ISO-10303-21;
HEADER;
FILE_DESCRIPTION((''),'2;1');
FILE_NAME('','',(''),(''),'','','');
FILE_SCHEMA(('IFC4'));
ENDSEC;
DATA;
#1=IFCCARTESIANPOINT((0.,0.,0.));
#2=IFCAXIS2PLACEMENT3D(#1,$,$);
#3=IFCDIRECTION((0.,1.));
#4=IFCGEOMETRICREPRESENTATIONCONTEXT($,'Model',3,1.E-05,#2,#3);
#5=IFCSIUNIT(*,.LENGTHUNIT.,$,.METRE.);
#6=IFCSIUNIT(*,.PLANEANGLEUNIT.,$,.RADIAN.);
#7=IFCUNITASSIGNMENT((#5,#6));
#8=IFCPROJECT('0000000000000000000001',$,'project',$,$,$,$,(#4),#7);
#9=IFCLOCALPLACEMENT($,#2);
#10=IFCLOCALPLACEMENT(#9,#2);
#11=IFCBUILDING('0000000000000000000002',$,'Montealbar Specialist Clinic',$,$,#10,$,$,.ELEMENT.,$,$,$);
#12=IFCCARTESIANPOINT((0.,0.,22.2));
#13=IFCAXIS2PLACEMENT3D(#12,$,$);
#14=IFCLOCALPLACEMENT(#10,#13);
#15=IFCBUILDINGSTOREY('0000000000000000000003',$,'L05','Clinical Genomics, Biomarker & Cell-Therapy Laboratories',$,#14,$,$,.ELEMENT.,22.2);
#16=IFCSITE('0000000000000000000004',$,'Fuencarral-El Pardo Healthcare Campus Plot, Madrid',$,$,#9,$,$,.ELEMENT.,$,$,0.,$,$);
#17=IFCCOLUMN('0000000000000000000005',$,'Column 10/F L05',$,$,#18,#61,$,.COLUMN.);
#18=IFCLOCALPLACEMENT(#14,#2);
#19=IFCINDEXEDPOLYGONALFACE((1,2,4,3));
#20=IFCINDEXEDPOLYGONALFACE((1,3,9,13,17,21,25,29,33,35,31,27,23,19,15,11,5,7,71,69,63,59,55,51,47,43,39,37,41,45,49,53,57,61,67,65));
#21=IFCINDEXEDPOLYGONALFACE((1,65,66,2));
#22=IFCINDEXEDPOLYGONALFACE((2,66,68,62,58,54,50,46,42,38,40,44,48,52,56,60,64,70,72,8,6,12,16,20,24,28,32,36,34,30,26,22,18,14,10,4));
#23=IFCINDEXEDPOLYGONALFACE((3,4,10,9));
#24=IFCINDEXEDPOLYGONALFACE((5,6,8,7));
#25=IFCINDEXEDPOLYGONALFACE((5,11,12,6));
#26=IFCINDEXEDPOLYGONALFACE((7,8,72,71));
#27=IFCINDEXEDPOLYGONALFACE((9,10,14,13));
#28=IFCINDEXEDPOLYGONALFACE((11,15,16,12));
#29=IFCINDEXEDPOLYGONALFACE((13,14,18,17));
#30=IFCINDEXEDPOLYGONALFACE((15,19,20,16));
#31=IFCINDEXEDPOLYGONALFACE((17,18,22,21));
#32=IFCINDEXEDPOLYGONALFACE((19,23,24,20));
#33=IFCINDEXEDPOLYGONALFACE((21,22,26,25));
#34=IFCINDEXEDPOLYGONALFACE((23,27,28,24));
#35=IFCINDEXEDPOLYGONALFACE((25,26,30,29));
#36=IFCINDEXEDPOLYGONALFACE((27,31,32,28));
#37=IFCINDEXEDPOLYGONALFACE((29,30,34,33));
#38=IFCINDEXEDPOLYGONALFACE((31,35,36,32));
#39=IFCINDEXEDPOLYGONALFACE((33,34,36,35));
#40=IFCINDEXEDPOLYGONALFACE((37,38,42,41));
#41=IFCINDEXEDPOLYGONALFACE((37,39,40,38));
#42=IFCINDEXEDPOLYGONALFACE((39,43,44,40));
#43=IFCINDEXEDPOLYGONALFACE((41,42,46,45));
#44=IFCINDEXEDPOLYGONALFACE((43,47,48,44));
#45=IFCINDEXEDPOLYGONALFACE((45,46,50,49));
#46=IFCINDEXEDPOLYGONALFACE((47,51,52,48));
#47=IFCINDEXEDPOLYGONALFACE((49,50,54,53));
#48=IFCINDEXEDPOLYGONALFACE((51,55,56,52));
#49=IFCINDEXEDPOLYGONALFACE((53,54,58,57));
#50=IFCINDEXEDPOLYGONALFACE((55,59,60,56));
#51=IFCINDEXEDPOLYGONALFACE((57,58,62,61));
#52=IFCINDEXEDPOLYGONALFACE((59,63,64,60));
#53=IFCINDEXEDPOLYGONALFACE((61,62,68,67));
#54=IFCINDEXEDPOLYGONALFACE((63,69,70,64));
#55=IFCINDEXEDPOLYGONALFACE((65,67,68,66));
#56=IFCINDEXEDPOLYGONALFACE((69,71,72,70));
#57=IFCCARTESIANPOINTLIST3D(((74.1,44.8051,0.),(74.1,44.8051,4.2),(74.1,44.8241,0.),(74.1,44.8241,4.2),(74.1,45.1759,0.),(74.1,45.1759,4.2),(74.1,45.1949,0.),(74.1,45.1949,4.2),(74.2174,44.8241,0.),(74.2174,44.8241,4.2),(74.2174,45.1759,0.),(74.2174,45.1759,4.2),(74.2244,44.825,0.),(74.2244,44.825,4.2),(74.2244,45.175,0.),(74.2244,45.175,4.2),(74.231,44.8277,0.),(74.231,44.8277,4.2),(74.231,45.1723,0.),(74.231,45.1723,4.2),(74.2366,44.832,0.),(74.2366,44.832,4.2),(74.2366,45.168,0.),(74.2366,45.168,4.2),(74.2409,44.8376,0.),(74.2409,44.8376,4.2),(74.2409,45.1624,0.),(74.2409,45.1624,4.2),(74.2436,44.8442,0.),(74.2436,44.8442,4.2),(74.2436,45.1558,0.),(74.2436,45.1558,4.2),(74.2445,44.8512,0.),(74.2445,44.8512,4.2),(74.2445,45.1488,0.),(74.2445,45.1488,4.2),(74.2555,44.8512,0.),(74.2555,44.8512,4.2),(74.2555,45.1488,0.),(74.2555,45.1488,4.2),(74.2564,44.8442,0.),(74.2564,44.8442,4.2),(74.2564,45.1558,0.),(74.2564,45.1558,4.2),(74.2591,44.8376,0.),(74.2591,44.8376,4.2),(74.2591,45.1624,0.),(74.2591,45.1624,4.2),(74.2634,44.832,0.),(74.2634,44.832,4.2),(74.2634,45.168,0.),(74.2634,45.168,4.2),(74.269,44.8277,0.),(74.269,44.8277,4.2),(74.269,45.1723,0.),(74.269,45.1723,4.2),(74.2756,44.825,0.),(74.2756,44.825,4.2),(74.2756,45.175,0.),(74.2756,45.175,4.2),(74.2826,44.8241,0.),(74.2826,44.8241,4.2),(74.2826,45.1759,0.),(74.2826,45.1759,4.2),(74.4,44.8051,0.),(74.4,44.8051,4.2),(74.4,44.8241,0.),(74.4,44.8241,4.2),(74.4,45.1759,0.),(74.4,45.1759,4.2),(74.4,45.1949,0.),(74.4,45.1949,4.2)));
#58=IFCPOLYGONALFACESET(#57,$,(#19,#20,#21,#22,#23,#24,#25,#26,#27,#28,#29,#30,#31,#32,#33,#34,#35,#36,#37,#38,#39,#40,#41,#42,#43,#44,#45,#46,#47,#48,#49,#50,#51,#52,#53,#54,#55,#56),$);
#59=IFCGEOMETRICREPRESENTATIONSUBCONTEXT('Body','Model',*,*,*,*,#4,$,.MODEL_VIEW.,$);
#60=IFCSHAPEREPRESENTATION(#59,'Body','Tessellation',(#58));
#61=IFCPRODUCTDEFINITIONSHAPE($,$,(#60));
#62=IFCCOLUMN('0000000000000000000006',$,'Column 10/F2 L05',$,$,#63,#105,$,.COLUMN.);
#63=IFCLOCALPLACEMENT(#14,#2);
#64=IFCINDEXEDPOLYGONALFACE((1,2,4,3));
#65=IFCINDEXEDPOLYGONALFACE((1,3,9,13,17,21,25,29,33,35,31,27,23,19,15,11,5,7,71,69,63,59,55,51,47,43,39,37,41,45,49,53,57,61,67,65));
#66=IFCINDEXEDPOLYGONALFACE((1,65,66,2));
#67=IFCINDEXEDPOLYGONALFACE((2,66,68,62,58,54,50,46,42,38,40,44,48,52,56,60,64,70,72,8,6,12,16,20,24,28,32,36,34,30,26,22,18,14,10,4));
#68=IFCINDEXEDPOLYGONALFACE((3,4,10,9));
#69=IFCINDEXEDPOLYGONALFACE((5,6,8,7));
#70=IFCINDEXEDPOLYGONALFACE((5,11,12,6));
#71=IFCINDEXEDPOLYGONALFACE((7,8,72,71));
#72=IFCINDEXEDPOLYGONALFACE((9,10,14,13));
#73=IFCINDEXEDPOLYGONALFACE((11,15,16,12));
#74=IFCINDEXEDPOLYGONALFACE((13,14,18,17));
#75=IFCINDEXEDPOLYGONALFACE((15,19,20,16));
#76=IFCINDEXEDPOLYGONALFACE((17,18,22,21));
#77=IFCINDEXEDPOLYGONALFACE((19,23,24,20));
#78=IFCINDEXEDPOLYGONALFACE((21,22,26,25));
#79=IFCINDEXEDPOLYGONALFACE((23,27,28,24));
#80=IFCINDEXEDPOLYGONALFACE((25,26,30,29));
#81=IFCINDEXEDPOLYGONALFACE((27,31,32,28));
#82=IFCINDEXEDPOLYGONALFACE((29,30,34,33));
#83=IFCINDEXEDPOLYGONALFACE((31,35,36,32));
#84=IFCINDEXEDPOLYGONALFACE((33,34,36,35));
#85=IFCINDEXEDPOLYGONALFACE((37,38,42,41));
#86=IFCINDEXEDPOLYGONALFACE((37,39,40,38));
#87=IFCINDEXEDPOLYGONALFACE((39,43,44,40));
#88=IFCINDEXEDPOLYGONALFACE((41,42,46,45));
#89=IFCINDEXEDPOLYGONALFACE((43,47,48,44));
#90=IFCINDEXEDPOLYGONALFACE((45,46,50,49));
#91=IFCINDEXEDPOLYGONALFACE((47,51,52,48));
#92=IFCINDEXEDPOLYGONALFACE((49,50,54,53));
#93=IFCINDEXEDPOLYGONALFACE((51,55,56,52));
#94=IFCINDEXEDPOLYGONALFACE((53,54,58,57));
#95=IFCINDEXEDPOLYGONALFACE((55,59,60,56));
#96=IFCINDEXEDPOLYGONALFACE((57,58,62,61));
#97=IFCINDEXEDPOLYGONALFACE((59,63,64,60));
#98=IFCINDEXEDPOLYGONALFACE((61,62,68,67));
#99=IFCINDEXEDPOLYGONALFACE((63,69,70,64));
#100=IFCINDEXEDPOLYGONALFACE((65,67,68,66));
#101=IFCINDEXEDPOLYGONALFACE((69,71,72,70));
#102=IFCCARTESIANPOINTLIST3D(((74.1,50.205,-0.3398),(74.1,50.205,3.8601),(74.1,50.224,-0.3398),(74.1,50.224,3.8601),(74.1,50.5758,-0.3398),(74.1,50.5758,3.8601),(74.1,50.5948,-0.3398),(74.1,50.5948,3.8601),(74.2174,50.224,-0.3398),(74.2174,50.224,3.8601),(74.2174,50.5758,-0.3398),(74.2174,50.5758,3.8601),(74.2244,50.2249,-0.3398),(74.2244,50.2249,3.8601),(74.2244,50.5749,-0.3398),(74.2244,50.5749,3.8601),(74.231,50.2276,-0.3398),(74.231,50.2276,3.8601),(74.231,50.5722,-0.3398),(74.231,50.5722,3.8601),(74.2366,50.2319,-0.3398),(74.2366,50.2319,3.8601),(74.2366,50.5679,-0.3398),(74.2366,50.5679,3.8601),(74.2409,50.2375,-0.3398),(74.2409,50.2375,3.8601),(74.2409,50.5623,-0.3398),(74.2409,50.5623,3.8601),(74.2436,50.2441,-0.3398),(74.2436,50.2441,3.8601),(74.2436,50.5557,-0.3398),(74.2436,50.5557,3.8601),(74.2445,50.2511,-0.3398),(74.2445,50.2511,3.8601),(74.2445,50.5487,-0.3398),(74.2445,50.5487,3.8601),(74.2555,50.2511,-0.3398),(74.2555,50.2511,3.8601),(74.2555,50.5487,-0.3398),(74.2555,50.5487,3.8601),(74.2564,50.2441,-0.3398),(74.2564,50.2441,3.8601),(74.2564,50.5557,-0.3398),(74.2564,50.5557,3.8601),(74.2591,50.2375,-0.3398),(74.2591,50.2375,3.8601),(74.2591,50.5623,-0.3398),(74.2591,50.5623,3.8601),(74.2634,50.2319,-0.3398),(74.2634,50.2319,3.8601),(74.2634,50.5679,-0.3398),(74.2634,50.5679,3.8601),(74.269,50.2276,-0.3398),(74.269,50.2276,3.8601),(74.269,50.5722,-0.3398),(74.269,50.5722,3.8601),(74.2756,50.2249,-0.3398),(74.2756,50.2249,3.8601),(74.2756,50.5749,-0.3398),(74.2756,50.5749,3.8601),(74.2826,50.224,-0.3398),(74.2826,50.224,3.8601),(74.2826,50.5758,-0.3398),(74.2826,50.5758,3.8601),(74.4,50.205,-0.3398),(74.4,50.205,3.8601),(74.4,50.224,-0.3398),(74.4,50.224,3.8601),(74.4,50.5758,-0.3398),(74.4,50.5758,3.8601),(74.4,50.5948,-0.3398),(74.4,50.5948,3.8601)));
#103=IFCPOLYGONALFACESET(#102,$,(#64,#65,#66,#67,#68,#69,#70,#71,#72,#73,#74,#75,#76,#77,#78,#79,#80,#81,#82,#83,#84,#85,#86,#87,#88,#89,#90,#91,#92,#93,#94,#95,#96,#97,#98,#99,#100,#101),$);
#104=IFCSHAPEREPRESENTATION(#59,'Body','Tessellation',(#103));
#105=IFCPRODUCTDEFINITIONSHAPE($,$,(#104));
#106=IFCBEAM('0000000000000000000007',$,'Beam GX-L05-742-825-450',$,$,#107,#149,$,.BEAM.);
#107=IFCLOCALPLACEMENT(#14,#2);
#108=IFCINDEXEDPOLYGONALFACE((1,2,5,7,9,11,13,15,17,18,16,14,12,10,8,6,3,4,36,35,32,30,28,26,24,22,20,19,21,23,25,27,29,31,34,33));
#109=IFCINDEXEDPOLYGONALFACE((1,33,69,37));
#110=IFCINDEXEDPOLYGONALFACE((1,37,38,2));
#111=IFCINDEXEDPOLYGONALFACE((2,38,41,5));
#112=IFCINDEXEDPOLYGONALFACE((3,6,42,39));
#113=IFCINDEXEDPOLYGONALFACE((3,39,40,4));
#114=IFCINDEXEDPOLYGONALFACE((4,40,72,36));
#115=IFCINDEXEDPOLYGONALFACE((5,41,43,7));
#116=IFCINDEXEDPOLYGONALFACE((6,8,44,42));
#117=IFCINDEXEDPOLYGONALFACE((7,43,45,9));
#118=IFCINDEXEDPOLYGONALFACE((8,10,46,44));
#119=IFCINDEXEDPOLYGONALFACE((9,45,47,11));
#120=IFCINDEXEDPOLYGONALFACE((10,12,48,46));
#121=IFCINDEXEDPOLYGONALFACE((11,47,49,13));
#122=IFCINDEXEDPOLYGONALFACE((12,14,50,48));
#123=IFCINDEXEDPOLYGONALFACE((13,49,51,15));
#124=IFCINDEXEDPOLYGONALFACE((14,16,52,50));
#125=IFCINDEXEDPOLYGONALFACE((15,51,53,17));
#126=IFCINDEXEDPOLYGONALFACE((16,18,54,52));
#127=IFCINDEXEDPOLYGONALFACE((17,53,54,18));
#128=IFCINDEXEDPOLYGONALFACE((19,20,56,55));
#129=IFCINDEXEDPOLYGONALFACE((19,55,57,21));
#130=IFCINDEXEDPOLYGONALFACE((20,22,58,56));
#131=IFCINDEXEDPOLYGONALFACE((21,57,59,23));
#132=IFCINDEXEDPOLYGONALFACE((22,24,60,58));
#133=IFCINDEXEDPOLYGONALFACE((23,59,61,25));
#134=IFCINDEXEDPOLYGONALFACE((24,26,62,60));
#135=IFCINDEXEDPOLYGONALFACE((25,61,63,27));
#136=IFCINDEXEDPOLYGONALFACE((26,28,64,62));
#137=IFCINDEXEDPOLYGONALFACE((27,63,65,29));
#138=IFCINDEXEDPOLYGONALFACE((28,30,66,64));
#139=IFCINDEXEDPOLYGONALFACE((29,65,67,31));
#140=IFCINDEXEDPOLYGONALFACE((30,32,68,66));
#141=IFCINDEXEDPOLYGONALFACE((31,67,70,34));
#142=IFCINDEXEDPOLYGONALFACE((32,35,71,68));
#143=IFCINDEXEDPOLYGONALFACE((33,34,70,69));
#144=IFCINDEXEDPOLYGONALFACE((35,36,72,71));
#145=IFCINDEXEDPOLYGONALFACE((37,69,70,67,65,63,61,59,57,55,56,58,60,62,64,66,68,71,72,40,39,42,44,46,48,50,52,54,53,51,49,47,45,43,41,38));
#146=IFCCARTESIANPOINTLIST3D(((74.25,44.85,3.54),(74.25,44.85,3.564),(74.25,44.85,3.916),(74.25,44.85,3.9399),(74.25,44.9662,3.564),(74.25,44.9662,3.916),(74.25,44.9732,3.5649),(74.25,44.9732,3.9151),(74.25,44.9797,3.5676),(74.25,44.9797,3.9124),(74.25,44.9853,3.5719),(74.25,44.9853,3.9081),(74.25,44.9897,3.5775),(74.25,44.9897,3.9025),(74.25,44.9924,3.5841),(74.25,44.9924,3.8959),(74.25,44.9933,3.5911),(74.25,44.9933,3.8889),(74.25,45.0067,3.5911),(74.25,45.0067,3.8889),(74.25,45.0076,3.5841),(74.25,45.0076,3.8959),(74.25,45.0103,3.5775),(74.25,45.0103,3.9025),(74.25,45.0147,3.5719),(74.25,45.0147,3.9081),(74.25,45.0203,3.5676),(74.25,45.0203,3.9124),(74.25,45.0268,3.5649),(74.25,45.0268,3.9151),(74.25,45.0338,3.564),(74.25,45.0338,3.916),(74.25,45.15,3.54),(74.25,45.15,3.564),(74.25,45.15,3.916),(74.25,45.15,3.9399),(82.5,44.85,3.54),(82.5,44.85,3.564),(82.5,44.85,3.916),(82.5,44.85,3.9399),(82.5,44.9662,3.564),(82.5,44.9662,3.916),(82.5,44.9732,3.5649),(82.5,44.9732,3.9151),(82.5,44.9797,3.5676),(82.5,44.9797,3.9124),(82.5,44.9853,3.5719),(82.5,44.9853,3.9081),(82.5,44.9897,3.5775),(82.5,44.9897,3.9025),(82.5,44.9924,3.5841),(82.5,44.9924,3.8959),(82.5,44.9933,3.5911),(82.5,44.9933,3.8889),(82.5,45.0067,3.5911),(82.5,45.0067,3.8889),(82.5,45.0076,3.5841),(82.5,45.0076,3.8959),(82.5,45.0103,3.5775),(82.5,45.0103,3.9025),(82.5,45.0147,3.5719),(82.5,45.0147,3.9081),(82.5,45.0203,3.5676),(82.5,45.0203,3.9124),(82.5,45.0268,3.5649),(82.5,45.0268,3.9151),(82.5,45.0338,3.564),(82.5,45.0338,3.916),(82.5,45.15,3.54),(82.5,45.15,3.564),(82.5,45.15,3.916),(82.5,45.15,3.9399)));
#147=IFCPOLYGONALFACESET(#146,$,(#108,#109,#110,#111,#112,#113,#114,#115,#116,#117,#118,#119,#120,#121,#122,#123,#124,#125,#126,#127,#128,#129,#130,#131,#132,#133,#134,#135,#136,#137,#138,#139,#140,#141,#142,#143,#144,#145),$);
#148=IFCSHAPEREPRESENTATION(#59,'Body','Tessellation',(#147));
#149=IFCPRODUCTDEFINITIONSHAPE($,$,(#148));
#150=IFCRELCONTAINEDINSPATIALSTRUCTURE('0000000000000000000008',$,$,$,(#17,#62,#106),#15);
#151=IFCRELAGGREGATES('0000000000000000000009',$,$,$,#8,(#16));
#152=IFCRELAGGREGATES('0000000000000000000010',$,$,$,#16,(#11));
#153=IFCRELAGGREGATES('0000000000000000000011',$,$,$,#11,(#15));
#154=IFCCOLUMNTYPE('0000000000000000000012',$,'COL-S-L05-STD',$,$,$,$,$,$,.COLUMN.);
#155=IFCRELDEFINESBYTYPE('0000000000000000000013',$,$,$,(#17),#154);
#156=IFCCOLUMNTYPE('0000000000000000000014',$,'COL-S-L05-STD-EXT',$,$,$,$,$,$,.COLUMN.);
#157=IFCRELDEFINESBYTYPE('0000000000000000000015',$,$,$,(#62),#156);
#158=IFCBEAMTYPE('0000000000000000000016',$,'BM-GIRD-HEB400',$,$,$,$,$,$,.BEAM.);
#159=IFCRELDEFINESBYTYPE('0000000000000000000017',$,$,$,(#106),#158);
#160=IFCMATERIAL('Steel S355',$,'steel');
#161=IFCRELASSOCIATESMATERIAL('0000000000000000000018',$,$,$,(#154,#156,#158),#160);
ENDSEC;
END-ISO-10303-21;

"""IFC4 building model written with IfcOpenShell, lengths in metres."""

from ifc_helpers import new_model, si_unit, direction, frame, origin, origin_2d, place, context, subcontext, project, spatial, i_section, extrude, material, material_profile, profile_set, type_object, element, save


model = new_model("IFC4")

# Units and contexts
model_context = context("Model", 3, precision=1e-05, world=origin(), true_north=direction((0.0, 1.0)))
body_context = subcontext(model_context, "Body", "Model", "MODEL_VIEW")
ifc_project = project(units=[si_unit("LENGTHUNIT", "METRE"), si_unit("PLANEANGLEUNIT", "RADIAN")], contexts=[model_context])

# Site, building, storey
site_placement = place(None, origin())
site = spatial("IfcSite", under=ifc_project, at=site_placement, Name="Fuencarral-El Pardo Healthcare Campus Plot, Madrid", CompositionType="ELEMENT", RefElevation=0.0)
building_placement = place(site_placement, origin())
building = spatial("IfcBuilding", under=site, at=building_placement, Name="Montealbar Specialist Clinic", CompositionType="ELEMENT")
storey_placement = place(building_placement, frame((0.0, 0.0, 22.2)))
storey = spatial("IfcBuildingStorey", under=building, at=storey_placement, Name="L05", Description="Clinical Genomics, Biomarker & Cell-Therapy Laboratories", CompositionType="ELEMENT", Elevation=22.2)

# Columns
ifc_material_1 = material(Name="Steel S355", Category="steel")
ifc_material_profile_1 = material_profile(ifc_material_1, i_section(OverallWidth=0.3, OverallDepth=0.3899, WebThickness=0.011, FlangeThickness=0.019, FilletRadius=0.0271, at=origin_2d()), Name="HEA 400", Category="steel")
ifc_profile_set_1 = profile_set([ifc_material_profile_1], Name="Steel S355")
column_type_1 = type_object("IfcColumnType", Name="COL-S-L05-STD", PredefinedType="COLUMN", material=ifc_profile_set_1)
column_1_placement = place(storey_placement, frame((74.25, 45.0, 0.0), z_axis=(0.0, 0.0, 1.0), x_axis=(1.0, 0.0, 0.0)))
element("IfcColumn", 1, at=column_1_placement, inside=storey, type_object=column_type_1, Name="Column 10/F L05", PredefinedType="COLUMN", context=body_context, shape_type="SweptSolid", body=[
    extrude(i_section(OverallWidth=0.3, OverallDepth=0.3899, WebThickness=0.011, FlangeThickness=0.019, FilletRadius=0.0271, at=origin_2d()), origin(), (0.0, 0.0, 1.0), 4.2),
])
ifc_material_profile_2 = material_profile(ifc_material_1, i_section(OverallWidth=0.3, OverallDepth=0.3899, WebThickness=0.011, FlangeThickness=0.019, FilletRadius=0.0271, at=origin_2d()), Name="HEA 400", Category="steel")
ifc_profile_set_2 = profile_set([ifc_material_profile_2], Name="Steel S355")
column_type_2 = type_object("IfcColumnType", Name="COL-S-L05-STD-EXT", PredefinedType="COLUMN", material=ifc_profile_set_2)
column_2_placement = place(storey_placement, frame((74.25, 50.3999, -0.3398), z_axis=(0.0, 0.0, 1.0), x_axis=(1.0, 0.0, 0.0)))
element("IfcColumn", 2, at=column_2_placement, inside=storey, type_object=column_type_2, Name="Column 10/F2 L05", PredefinedType="COLUMN", context=body_context, shape_type="SweptSolid", body=[
    extrude(i_section(OverallWidth=0.3, OverallDepth=0.3899, WebThickness=0.011, FlangeThickness=0.019, FilletRadius=0.0271, at=origin_2d()), origin(), (0.0, 0.0, 1.0), 4.2),
])

# Beam
ifc_material_profile_3 = material_profile(ifc_material_1, i_section(OverallWidth=0.3, OverallDepth=0.3999, WebThickness=0.0134, FlangeThickness=0.0239, FilletRadius=0.0271, at=origin_2d()), Name="HEB 400", Category="steel")
ifc_profile_set_3 = profile_set([ifc_material_profile_3], Name="Steel S355")
beam_type_1 = type_object("IfcBeamType", Name="BM-GIRD-HEB400", PredefinedType="BEAM", material=ifc_profile_set_3)
beam_1_placement = place(storey_placement, frame((74.25, 45.0, 3.74), z_axis=(1.0, 0.0, 0.0), x_axis=(0.0, 1.0, 0.0)))
element("IfcBeam", 3, at=beam_1_placement, inside=storey, type_object=beam_type_1, Name="Beam GX-L05-742-825-450", PredefinedType="BEAM", context=body_context, shape_type="SweptSolid", body=[
    extrude(i_section(OverallWidth=0.3, OverallDepth=0.3999, WebThickness=0.0134, FlangeThickness=0.0239, FilletRadius=0.0271, at=origin_2d()), origin(), (0.0, 0.0, 1.0), 8.25),
])

save(model, "model.ifc")
